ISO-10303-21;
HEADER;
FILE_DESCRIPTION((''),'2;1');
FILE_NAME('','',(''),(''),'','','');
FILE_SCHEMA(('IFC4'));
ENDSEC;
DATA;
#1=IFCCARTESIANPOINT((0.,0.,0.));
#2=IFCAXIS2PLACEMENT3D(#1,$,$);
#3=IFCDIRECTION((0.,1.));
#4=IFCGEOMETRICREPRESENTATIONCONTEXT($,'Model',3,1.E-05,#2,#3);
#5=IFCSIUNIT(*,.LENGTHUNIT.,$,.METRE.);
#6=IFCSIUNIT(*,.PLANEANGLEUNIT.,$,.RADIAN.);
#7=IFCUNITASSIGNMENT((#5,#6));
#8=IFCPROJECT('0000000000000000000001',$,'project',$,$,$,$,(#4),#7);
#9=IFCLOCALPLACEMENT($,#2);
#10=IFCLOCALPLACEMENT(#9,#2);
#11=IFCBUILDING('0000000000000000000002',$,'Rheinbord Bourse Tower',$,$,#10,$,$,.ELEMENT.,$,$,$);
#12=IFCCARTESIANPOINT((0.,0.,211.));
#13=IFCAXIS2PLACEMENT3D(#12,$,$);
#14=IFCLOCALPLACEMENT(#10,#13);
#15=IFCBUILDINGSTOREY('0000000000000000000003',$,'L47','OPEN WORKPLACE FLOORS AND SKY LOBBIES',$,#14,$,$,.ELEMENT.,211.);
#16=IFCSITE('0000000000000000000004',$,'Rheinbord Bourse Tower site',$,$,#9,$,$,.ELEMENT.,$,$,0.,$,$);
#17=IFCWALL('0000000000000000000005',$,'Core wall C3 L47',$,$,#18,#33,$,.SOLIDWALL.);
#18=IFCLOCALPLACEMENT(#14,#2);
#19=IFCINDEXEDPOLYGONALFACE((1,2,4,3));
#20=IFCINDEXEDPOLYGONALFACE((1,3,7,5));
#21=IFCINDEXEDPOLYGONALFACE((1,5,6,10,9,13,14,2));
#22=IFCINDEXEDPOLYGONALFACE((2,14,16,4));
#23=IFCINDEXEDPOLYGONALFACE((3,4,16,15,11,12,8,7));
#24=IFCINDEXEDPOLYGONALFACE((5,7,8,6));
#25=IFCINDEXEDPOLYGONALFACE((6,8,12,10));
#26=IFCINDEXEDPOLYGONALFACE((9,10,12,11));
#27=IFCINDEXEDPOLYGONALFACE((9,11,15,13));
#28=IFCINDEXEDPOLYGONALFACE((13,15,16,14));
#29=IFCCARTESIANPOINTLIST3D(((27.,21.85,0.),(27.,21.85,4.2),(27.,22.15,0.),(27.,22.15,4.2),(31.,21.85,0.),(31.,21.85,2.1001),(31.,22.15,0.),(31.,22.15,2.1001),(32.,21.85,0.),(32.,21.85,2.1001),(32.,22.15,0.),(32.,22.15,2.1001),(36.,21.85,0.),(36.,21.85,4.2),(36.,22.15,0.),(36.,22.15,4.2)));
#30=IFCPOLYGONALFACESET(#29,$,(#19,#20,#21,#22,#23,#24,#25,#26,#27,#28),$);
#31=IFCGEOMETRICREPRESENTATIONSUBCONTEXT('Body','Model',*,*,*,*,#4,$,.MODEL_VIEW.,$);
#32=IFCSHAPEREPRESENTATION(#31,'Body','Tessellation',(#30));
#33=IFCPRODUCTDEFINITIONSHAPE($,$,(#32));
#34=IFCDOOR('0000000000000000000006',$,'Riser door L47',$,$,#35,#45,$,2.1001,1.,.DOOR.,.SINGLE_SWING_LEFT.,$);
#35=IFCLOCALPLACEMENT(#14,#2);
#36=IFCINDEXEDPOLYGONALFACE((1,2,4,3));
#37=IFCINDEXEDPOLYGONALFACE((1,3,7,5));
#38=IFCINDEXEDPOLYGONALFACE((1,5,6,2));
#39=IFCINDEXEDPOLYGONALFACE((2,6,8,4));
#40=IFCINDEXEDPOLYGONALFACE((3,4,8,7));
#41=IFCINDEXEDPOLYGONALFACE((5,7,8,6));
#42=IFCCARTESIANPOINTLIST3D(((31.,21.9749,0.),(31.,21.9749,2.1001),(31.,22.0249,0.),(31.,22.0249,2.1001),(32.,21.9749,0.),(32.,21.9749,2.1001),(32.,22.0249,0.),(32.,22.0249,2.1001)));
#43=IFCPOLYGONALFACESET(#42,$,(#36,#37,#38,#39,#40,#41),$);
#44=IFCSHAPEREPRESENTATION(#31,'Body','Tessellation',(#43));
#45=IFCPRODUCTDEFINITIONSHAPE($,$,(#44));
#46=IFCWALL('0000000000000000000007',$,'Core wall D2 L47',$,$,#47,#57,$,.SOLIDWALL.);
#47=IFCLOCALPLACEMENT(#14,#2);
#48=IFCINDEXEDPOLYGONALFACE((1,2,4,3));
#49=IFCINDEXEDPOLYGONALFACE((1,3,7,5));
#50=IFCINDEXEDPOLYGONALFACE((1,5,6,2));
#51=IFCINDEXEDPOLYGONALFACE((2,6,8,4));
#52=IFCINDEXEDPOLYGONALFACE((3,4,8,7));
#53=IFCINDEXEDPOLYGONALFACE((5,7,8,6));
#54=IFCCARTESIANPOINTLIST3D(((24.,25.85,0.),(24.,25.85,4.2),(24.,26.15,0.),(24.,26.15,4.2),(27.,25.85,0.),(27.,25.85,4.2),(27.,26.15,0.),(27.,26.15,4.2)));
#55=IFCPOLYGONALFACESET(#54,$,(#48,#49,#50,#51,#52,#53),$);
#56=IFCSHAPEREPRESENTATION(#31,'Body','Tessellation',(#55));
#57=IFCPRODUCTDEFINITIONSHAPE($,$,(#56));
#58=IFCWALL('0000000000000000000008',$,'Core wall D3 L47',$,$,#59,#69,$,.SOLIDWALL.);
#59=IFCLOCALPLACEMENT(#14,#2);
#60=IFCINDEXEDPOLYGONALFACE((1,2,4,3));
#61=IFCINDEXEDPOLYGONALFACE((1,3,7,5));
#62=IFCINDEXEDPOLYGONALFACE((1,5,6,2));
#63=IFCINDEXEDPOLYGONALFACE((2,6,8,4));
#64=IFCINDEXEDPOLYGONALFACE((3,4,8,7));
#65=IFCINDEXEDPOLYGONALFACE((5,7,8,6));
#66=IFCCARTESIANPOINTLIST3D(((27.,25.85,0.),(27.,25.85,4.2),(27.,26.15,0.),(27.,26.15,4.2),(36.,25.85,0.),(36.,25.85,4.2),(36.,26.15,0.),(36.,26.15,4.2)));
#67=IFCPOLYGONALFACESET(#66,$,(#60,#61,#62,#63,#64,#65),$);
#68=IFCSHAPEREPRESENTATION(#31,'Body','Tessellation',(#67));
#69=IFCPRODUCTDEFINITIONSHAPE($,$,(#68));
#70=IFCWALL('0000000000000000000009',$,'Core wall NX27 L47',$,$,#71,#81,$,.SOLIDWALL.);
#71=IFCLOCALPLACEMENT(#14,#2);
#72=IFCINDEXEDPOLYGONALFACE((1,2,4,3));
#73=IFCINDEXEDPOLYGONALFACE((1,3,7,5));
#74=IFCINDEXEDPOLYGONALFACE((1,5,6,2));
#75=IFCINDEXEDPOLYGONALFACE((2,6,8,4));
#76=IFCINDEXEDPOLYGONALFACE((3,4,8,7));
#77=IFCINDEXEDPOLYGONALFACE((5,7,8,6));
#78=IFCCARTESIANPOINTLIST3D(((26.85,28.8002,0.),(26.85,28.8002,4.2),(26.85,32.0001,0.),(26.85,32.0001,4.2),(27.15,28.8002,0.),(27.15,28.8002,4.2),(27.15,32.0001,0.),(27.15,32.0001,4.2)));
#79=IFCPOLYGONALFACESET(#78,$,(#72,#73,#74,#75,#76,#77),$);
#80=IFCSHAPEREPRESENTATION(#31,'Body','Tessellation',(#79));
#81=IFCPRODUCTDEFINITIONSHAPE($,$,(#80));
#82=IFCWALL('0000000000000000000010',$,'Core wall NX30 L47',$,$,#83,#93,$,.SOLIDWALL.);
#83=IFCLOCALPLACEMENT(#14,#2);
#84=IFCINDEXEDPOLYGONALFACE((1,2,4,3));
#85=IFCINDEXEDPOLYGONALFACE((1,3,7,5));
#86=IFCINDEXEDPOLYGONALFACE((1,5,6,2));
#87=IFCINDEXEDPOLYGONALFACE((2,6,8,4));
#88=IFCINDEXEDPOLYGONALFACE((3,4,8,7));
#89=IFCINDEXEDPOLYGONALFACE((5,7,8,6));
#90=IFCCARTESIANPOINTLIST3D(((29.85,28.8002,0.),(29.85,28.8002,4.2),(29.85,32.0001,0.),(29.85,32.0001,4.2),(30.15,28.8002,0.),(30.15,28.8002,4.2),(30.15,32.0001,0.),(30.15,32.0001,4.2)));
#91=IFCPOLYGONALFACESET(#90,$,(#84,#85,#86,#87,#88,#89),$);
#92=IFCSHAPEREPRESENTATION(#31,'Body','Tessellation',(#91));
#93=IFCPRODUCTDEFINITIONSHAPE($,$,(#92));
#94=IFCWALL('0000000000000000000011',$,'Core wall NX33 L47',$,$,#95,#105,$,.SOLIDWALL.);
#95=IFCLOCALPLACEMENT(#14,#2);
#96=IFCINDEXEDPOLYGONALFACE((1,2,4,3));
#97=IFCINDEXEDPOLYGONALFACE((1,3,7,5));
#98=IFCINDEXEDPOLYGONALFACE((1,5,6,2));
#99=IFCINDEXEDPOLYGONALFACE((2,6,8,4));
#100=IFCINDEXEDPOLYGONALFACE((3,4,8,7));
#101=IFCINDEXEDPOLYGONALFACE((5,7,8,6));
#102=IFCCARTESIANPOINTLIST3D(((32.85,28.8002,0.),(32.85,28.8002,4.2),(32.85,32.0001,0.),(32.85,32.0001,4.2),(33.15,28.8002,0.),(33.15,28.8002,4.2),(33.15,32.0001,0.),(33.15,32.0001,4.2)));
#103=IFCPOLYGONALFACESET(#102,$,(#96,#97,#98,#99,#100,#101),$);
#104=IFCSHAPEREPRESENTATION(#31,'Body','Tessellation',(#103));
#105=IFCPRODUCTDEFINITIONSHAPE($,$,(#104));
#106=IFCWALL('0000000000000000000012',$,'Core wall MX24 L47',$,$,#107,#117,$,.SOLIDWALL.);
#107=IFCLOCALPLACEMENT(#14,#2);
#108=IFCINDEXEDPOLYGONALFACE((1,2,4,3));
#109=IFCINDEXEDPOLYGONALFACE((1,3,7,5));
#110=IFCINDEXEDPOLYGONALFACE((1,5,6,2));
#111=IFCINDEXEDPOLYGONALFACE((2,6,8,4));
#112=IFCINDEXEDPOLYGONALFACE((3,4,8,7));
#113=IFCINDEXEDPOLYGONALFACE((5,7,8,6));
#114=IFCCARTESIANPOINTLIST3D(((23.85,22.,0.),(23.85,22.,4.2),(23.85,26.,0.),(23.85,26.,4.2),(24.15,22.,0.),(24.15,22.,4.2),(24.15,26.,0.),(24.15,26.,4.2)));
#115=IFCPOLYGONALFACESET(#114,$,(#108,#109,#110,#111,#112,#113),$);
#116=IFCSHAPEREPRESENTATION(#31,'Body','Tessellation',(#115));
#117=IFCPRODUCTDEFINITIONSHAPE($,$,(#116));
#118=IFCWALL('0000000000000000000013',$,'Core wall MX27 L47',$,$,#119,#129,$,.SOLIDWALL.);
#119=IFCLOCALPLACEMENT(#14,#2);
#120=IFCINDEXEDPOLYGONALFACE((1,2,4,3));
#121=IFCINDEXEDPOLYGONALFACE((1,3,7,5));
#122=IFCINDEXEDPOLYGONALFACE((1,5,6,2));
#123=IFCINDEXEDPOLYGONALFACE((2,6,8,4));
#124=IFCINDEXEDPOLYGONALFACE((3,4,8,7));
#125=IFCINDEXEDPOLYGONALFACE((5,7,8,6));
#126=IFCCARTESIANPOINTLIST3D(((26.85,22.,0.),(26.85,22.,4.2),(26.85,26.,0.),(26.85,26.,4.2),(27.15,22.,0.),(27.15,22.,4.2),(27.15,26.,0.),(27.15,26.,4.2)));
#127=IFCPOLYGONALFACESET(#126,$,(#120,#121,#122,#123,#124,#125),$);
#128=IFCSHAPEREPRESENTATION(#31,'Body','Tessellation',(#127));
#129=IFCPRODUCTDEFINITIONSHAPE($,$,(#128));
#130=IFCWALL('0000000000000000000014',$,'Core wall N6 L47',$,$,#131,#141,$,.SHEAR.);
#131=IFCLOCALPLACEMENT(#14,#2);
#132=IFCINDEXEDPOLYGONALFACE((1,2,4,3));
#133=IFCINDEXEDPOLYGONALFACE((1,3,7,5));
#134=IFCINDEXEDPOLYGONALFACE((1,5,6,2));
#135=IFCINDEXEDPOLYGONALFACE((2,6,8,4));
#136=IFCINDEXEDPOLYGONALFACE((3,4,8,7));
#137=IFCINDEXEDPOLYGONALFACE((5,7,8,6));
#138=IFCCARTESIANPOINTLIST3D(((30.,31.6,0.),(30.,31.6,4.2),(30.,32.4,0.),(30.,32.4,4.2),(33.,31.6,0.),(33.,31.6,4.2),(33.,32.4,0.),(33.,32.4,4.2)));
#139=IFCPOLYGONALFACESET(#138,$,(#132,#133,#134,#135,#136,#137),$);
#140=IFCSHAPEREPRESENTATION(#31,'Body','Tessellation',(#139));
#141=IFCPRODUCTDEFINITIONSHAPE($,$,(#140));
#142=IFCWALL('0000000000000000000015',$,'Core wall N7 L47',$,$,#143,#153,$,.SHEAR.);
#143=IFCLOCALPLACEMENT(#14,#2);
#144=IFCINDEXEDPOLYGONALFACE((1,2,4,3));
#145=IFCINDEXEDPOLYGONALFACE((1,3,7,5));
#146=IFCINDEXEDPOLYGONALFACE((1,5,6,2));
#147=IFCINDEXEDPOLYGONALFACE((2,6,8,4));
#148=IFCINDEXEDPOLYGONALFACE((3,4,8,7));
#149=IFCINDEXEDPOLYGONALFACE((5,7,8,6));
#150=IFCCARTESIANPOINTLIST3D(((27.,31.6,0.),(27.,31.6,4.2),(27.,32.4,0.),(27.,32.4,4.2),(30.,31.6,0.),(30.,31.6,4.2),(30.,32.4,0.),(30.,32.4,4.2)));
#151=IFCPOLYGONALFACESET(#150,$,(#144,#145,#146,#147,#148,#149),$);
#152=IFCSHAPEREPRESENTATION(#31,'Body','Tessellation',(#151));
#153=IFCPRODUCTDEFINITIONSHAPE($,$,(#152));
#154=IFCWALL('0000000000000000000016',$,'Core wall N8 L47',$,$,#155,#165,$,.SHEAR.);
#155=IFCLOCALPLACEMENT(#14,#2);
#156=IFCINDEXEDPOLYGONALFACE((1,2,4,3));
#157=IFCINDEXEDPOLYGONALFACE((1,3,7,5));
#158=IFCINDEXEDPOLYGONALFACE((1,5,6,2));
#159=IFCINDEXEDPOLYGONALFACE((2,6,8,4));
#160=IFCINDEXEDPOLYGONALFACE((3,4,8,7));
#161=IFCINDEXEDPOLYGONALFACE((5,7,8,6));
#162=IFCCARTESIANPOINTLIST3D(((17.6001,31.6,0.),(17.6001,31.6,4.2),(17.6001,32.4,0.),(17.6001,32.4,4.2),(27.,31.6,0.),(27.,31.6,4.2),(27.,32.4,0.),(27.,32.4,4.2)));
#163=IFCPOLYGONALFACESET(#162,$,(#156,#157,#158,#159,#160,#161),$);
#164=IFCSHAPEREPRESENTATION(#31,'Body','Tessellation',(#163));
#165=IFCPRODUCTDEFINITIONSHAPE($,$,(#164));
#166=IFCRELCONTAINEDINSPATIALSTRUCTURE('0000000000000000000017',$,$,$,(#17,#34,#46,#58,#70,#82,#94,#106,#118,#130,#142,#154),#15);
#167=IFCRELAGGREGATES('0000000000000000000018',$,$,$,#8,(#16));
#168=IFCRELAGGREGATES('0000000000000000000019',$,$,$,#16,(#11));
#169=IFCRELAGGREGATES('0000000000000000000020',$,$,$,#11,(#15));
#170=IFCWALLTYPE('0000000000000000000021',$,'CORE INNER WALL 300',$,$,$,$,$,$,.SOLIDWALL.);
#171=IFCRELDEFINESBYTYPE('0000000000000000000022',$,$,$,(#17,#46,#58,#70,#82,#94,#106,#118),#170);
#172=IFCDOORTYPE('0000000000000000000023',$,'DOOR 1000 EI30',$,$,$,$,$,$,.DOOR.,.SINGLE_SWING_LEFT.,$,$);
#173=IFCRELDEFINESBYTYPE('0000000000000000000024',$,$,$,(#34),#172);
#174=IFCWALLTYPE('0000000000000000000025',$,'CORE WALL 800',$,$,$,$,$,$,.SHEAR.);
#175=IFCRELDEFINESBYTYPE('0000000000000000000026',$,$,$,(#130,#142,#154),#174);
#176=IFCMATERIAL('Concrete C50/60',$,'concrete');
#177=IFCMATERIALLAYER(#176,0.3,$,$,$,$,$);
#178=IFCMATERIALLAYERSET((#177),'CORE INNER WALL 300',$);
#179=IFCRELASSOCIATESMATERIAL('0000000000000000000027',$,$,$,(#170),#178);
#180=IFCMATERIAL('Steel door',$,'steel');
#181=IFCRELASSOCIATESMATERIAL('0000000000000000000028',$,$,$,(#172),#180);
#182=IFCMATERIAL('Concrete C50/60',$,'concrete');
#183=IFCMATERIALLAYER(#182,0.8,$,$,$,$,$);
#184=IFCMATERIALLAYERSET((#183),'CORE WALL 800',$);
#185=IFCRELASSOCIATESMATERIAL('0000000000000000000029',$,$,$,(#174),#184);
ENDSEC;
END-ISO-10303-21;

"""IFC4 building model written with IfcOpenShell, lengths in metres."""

from ifc_helpers import new_model, si_unit, direction, frame, frame_2d, origin, place, context, subcontext, project, spatial, rectangle, extrude, material, layer, layer_set, type_object, element, fill, save


model = new_model("IFC4")

# Units and contexts
model_context = context("Model", 3, precision=1e-05, world=origin(), true_north=direction((0.0, 1.0)))
body_context = subcontext(model_context, "Body", "Model", "MODEL_VIEW")
ifc_project = project(units=[si_unit("LENGTHUNIT", "METRE"), si_unit("PLANEANGLEUNIT", "RADIAN")], contexts=[model_context])

# Site, building, storey
site_placement = place(None, origin())
site = spatial("IfcSite", under=ifc_project, at=site_placement, Name="Rheinbord Bourse Tower site", CompositionType="ELEMENT", RefElevation=0.0)
building_placement = place(site_placement, origin())
building = spatial("IfcBuilding", under=site, at=building_placement, Name="Rheinbord Bourse Tower", CompositionType="ELEMENT")
storey_placement = place(building_placement, frame((0.0, 0.0, 211.0)))
storey = spatial("IfcBuildingStorey", under=building, at=storey_placement, Name="L47", Description="OPEN WORKPLACE FLOORS AND SKY LOBBIES", CompositionType="ELEMENT", Elevation=211.0)

# Wall, opening, door
ifc_material_1 = material(Name="Concrete C50/60", Category="concrete")
ifc_layer_1 = layer(ifc_material_1, 0.3)
ifc_layer_set_1 = layer_set([ifc_layer_1], Name="CORE INNER WALL 300")
wall_type_1 = type_object("IfcWallType", Name="CORE INNER WALL 300", PredefinedType="SOLIDWALL", material=ifc_layer_set_1)
ifc_material_2 = material(Name="Steel door", Category="steel")
door_type_1 = type_object("IfcDoorType", Name="DOOR 1000 EI30", OperationType="SINGLE_SWING_LEFT", PredefinedType="DOOR", material=ifc_material_2)
wall_1_placement = place(storey_placement, frame((27.0, 22.0, 0.0), z_axis=(0.0, 0.0, 1.0), x_axis=(1.0, 0.0, 0.0)))
wall_1 = element("IfcWall", 1, at=wall_1_placement, inside=storey, type_object=wall_type_1, Name="Core wall C3 L47", PredefinedType="SOLIDWALL", context=body_context, shape_type="SweptSolid", body=[
    extrude(rectangle(XDim=9.0, YDim=0.3, at=frame_2d((4.5, 0.0))), origin(), (0.0, 0.0, 1.0), 4.2),
])
opening_1_placement = place(wall_1_placement, frame((4.0, 0.0, 0.0)))
opening_1 = element("IfcOpeningElement", 2, at=opening_1_placement, cuts=wall_1, PredefinedType="OPENING", context=body_context, shape_type="SweptSolid", body=[
    extrude(rectangle(XDim=1.0, YDim=2.1001, at=frame_2d((0.5, 1.05))), frame((0.0, 0.1599, 0.0), z_axis=(0.0, -1.0, 0.0), x_axis=(1.0, 0.0, 0.0)), (0.0, 0.0, 1.0), 0.3201),
])
door_1_placement = place(opening_1_placement, origin())
door_1 = element("IfcDoor", 3, at=door_1_placement, inside=storey, type_object=door_type_1, Name="Riser door L47", OperationType="SINGLE_SWING_LEFT", OverallHeight=2.1001, OverallWidth=1.0, PredefinedType="DOOR", context=body_context, shape_type="SweptSolid", body=[
    extrude(rectangle(XDim=1.0, YDim=2.1001, at=frame_2d((0.5, 1.05))), frame((0.0, 0.0249, 0.0), z_axis=(0.0, -1.0, 0.0), x_axis=(1.0, 0.0, 0.0)), (0.0, 0.0, 1.0), 0.05),
])
fill(opening_1, door_1)

# Walls
wall_2_placement = place(storey_placement, frame((24.0, 26.0, 0.0), z_axis=(0.0, 0.0, 1.0), x_axis=(1.0, 0.0, 0.0)))
element("IfcWall", 4, at=wall_2_placement, inside=storey, type_object=wall_type_1, Name="Core wall D2 L47", PredefinedType="SOLIDWALL", context=body_context, shape_type="SweptSolid", body=[
    extrude(rectangle(XDim=3.0, YDim=0.3, at=frame_2d((1.5, 0.0))), origin(), (0.0, 0.0, 1.0), 4.2),
])
wall_3_placement = place(storey_placement, frame((27.0, 26.0, 0.0), z_axis=(0.0, 0.0, 1.0), x_axis=(1.0, 0.0, 0.0)))
element("IfcWall", 5, at=wall_3_placement, inside=storey, type_object=wall_type_1, Name="Core wall D3 L47", PredefinedType="SOLIDWALL", context=body_context, shape_type="SweptSolid", body=[
    extrude(rectangle(XDim=9.0, YDim=0.3, at=frame_2d((4.5, 0.0))), origin(), (0.0, 0.0, 1.0), 4.2),
])
for number, where, z_axis, x_axis, name in (
    (6, (27.0, 28.8, 0.0), (0.0, 0.0, 1.0), (0.0, 1.0, 0.0), "Core wall NX27 L47"),
    (7, (30.0, 28.8, 0.0), (0.0, 0.0, 1.0), (0.0, 1.0, 0.0), "Core wall NX30 L47"),
    (8, (33.0, 28.8, 0.0), (0.0, 0.0, 1.0), (0.0, 1.0, 0.0), "Core wall NX33 L47"),
):
    element("IfcWall", number, at=place(storey_placement, frame(where, z_axis=z_axis, x_axis=x_axis)), inside=storey, type_object=wall_type_1, Name=name, PredefinedType="SOLIDWALL", context=body_context, shape_type="SweptSolid", body=[
        extrude(rectangle(XDim=3.2, YDim=0.3, at=frame_2d((1.6001, 0.0))), origin(), (0.0, 0.0, 1.0), 4.2),
    ])
for number, where, z_axis, x_axis, name in (
    (9, (24.0, 22.0, 0.0), (0.0, 0.0, 1.0), (0.0, 1.0, 0.0), "Core wall MX24 L47"),
    (10, (27.0, 22.0, 0.0), (0.0, 0.0, 1.0), (0.0, 1.0, 0.0), "Core wall MX27 L47"),
):
    element("IfcWall", number, at=place(storey_placement, frame(where, z_axis=z_axis, x_axis=x_axis)), inside=storey, type_object=wall_type_1, Name=name, PredefinedType="SOLIDWALL", context=body_context, shape_type="SweptSolid", body=[
        extrude(rectangle(XDim=4.0, YDim=0.3, at=frame_2d((2.0, 0.0))), origin(), (0.0, 0.0, 1.0), 4.2),
    ])
ifc_material_3 = material(Name="Concrete C50/60", Category="concrete")
ifc_layer_2 = layer(ifc_material_3, 0.8)
ifc_layer_set_2 = layer_set([ifc_layer_2], Name="CORE WALL 800")
wall_type_2 = type_object("IfcWallType", Name="CORE WALL 800", PredefinedType="SHEAR", material=ifc_layer_set_2)
for number, where, z_axis, x_axis, name in (
    (11, (33.0, 32.0, 0.0), (0.0, 0.0, 1.0), (-1.0, 0.0, 0.0), "Core wall N6 L47"),
    (12, (30.0, 32.0, 0.0), (0.0, 0.0, 1.0), (-1.0, 0.0, 0.0), "Core wall N7 L47"),
):
    element("IfcWall", number, at=place(storey_placement, frame(where, z_axis=z_axis, x_axis=x_axis)), inside=storey, type_object=wall_type_2, Name=name, PredefinedType="SHEAR", context=body_context, shape_type="SweptSolid", body=[
        extrude(rectangle(XDim=3.0, YDim=0.8, at=frame_2d((1.5, 0.0))), origin(), (0.0, 0.0, 1.0), 4.2),
    ])
wall_4_placement = place(storey_placement, frame((27.0, 32.0, 0.0), z_axis=(0.0, 0.0, 1.0), x_axis=(-1.0, 0.0, 0.0)))
element("IfcWall", 13, at=wall_4_placement, inside=storey, type_object=wall_type_2, Name="Core wall N8 L47", PredefinedType="SHEAR", context=body_context, shape_type="SweptSolid", body=[
    extrude(rectangle(XDim=9.3999, YDim=0.8, at=frame_2d((4.7, 0.0))), origin(), (0.0, 0.0, 1.0), 4.2),
])

save(model, "model.ifc")
